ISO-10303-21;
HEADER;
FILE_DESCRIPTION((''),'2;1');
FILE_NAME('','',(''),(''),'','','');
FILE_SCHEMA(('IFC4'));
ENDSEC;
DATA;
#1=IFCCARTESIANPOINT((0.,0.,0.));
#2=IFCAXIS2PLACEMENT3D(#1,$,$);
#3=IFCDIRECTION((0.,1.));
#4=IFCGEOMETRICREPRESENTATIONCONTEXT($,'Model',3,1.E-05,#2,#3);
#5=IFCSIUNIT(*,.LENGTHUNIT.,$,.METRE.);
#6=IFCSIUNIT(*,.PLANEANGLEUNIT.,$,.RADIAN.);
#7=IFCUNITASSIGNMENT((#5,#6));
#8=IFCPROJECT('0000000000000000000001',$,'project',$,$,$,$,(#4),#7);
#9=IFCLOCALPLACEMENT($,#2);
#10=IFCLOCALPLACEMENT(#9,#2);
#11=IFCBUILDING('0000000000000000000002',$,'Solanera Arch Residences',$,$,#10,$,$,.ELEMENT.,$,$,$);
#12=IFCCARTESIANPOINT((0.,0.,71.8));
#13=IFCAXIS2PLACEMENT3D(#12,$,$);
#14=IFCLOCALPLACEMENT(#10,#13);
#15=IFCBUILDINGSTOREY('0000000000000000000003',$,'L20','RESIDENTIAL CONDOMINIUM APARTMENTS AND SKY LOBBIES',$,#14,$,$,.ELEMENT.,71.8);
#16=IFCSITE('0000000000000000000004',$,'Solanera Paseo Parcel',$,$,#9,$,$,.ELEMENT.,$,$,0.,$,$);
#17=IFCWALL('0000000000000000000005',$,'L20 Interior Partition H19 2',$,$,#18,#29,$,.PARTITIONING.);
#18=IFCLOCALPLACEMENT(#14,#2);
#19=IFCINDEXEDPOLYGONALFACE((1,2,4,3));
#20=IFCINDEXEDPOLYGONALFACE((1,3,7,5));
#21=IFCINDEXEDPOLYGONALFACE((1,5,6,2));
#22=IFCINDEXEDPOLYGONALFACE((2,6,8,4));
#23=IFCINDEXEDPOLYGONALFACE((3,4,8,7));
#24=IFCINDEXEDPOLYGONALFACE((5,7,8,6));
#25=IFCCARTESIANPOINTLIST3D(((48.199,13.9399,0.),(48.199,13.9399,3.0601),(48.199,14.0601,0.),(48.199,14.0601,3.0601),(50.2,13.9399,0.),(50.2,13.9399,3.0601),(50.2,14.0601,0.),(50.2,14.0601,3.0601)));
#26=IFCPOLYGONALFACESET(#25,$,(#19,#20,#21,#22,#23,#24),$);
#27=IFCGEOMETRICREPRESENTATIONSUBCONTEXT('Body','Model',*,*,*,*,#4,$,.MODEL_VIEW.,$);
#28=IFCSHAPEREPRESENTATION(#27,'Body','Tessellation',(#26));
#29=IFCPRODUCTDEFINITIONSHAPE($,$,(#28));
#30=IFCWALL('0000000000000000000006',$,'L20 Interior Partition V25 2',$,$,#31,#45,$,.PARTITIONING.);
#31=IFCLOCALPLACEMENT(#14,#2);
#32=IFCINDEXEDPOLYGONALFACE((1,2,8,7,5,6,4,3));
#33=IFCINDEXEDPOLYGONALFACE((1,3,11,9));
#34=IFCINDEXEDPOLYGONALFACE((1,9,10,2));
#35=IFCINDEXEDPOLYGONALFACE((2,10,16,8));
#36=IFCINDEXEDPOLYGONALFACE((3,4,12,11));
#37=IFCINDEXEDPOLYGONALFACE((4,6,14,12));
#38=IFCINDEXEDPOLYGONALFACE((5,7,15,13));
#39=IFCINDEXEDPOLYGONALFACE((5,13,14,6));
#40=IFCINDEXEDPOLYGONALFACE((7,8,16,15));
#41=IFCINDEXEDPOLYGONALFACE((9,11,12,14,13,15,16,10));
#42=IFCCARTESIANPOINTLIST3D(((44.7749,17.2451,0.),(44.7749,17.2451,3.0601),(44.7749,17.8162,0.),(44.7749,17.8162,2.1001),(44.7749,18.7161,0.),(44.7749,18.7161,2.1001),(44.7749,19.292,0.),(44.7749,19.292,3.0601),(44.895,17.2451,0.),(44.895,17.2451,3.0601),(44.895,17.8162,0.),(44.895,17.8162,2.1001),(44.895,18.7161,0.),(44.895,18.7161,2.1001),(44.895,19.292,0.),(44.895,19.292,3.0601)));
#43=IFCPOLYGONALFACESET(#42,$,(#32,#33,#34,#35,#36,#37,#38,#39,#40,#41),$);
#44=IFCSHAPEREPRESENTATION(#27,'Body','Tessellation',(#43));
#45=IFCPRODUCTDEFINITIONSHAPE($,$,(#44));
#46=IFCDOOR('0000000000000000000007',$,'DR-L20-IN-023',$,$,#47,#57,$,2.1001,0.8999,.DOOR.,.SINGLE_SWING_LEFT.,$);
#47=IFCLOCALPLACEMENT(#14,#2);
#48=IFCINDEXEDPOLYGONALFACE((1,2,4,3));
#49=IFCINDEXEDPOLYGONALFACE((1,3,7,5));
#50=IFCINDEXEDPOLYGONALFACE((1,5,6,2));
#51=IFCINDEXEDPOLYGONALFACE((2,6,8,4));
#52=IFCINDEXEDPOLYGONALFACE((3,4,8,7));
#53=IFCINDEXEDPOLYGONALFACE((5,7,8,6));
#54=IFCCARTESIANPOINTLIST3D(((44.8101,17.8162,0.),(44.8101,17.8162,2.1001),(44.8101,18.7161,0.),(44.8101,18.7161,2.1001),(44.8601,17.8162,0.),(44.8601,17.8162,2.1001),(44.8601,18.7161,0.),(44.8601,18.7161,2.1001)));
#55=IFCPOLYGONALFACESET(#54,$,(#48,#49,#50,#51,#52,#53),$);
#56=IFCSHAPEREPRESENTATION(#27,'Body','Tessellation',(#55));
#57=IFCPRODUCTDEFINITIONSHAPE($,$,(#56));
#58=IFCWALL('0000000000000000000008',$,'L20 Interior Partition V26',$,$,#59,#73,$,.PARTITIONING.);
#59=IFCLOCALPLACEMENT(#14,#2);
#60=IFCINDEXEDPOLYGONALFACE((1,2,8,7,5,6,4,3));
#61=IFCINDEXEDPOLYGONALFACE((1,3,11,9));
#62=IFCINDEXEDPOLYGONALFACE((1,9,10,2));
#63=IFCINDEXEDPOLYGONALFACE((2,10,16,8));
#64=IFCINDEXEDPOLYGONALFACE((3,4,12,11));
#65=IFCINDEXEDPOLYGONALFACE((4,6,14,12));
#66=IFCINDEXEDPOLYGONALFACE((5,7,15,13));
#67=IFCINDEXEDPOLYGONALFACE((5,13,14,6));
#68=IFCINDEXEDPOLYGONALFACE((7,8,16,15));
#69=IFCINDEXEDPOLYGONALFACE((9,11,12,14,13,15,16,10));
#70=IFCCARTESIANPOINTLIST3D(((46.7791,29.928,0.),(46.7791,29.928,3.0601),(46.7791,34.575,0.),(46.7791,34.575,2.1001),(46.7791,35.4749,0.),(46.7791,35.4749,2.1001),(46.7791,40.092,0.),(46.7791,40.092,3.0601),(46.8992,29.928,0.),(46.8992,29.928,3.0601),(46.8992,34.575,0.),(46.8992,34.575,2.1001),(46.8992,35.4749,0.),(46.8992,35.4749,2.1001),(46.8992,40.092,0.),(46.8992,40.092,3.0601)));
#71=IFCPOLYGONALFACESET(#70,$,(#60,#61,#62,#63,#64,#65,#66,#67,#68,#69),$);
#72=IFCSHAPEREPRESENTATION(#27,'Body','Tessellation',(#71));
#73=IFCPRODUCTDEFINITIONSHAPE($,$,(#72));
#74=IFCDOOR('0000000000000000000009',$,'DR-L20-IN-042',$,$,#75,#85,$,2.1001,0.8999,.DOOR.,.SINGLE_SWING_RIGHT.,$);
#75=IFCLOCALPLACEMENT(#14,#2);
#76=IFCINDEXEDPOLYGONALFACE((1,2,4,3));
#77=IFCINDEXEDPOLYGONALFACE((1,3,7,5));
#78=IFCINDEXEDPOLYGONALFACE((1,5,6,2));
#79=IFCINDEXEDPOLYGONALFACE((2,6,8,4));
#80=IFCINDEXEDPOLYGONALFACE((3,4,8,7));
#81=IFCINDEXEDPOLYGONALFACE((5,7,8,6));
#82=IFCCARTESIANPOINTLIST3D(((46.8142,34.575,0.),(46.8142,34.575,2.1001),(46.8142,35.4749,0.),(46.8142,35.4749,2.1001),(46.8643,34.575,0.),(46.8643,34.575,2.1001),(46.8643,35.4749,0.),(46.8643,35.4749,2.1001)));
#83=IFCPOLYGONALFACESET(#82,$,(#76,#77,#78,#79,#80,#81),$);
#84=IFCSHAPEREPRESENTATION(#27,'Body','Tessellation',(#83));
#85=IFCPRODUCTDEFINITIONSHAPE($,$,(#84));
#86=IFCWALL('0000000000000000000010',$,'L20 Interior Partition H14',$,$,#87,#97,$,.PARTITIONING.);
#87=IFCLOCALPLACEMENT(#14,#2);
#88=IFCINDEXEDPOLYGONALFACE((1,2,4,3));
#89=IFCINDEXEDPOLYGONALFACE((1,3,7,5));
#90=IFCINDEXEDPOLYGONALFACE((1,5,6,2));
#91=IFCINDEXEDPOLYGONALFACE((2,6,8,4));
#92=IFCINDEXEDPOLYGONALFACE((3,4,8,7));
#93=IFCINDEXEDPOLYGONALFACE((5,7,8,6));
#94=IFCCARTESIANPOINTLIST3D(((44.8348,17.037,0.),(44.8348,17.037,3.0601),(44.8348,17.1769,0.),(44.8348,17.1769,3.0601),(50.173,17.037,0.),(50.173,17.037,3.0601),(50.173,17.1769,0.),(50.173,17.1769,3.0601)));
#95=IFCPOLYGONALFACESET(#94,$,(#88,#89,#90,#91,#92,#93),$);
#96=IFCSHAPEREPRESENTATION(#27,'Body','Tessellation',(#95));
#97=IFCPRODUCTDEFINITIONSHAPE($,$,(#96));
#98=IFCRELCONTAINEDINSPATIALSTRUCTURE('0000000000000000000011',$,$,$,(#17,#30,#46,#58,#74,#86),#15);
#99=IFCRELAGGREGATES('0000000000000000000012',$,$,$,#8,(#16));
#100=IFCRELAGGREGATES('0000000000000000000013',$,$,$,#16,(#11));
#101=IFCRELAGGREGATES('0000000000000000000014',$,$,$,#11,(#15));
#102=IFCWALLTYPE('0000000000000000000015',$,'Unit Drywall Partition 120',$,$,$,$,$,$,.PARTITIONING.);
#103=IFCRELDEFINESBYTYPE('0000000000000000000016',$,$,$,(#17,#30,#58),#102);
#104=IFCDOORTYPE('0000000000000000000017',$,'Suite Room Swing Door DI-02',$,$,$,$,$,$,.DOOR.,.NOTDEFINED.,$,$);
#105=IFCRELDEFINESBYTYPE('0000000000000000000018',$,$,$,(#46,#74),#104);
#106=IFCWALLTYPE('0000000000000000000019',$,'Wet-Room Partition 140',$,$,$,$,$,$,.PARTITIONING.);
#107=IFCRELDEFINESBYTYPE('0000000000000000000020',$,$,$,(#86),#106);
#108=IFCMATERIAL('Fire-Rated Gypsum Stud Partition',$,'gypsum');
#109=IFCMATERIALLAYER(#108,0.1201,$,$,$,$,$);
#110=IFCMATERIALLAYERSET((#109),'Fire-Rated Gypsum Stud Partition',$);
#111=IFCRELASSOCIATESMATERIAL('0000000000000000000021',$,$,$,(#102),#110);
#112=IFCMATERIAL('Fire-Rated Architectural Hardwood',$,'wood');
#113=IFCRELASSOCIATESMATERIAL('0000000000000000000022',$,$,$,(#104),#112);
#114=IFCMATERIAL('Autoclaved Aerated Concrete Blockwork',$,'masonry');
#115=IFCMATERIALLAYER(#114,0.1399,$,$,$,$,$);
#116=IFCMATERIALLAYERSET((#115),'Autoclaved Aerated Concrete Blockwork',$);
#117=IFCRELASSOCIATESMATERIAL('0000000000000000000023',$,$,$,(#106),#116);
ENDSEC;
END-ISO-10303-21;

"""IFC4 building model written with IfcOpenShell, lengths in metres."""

from ifc_helpers import new_model, si_unit, direction, frame, frame_2d, origin, place, context, subcontext, project, spatial, rectangle, extrude, material, layer, layer_set, type_object, element, fill, save


model = new_model("IFC4")

# Units and contexts
model_context = context("Model", 3, precision=1e-05, world=origin(), true_north=direction((0.0, 1.0)))
body_context = subcontext(model_context, "Body", "Model", "MODEL_VIEW")
ifc_project = project(units=[si_unit("LENGTHUNIT", "METRE"), si_unit("PLANEANGLEUNIT", "RADIAN")], contexts=[model_context])

# Site, building, storey
site_placement = place(None, origin())
site = spatial("IfcSite", under=ifc_project, at=site_placement, Name="Solanera Paseo Parcel", CompositionType="ELEMENT", RefElevation=0.0)
building_placement = place(site_placement, origin())
building = spatial("IfcBuilding", under=site, at=building_placement, Name="Solanera Arch Residences", CompositionType="ELEMENT")
storey_placement = place(building_placement, frame((0.0, 0.0, 71.8)))
storey = spatial("IfcBuildingStorey", under=building, at=storey_placement, Name="L20", Description="RESIDENTIAL CONDOMINIUM APARTMENTS AND SKY LOBBIES", CompositionType="ELEMENT", Elevation=71.8)

# Wall
ifc_material_1 = material(Name="Fire-Rated Gypsum Stud Partition", Category="gypsum")
ifc_layer_1 = layer(ifc_material_1, 0.1201)
ifc_layer_set_1 = layer_set([ifc_layer_1], Name="Fire-Rated Gypsum Stud Partition")
wall_type_1 = type_object("IfcWallType", Name="Unit Drywall Partition 120", PredefinedType="PARTITIONING", material=ifc_layer_set_1)
wall_1_placement = place(storey_placement, frame((48.199, 14.0, 0.0), z_axis=(0.0, 0.0, 1.0), x_axis=(1.0, 0.0, 0.0)))
element("IfcWall", 1, at=wall_1_placement, inside=storey, type_object=wall_type_1, Name="L20 Interior Partition H19 2", PredefinedType="PARTITIONING", context=body_context, shape_type="SweptSolid", body=[
    extrude(rectangle(XDim=2.001, YDim=0.1201, at=frame_2d((1.0005, 0.0))), origin(), (0.0, 0.0, 1.0), 3.0601),
])

# Walls, openings, doors
wall_2_placement = place(storey_placement, frame((44.835, 17.2451, 0.0), z_axis=(0.0, 0.0, 1.0), x_axis=(0.0, 1.0, 0.0)))
wall_2 = element("IfcWall", 2, at=wall_2_placement, inside=storey, type_object=wall_type_1, Name="L20 Interior Partition V25 2", PredefinedType="PARTITIONING", context=body_context, shape_type="SweptSolid", body=[
    extrude(rectangle(XDim=2.0469, YDim=0.1201, at=frame_2d((1.0234, 0.0))), origin(), (0.0, 0.0, 1.0), 3.0601),
])
opening_1_placement = place(wall_2_placement, frame((0.571, 0.0, 0.0)))
opening_1 = element("IfcOpeningElement", 3, at=opening_1_placement, cuts=wall_2, PredefinedType="OPENING", context=body_context, shape_type="SweptSolid", body=[
    extrude(rectangle(XDim=0.8999, YDim=2.1001, at=frame_2d((0.45, 1.05))), frame((0.0, 0.0701, 0.0), z_axis=(0.0, -1.0, 0.0), x_axis=(1.0, 0.0, 0.0)), (0.0, 0.0, 1.0), 0.1401),
])
ifc_material_2 = material(Name="Fire-Rated Architectural Hardwood", Category="wood")
door_type_1 = type_object("IfcDoorType", Name="Suite Room Swing Door DI-02", OperationType="NOTDEFINED", PredefinedType="DOOR", material=ifc_material_2)
door_1_placement = place(opening_1_placement, origin())
door_1 = element("IfcDoor", 4, at=door_1_placement, inside=storey, type_object=door_type_1, Name="DR-L20-IN-023", OperationType="SINGLE_SWING_LEFT", OverallHeight=2.1001, OverallWidth=0.8999, PredefinedType="DOOR", context=body_context, shape_type="SweptSolid", body=[
    extrude(rectangle(XDim=0.8999, YDim=2.1001, at=frame_2d((0.45, 1.05))), frame((0.0, 0.0249, 0.0), z_axis=(0.0, -1.0, 0.0), x_axis=(1.0, 0.0, 0.0)), (0.0, 0.0, 1.0), 0.05),
])
fill(opening_1, door_1)
wall_3_placement = place(storey_placement, frame((46.8391, 29.928, 0.0), z_axis=(0.0, 0.0, 1.0), x_axis=(0.0, 1.0, 0.0)))
wall_3 = element("IfcWall", 5, at=wall_3_placement, inside=storey, type_object=wall_type_1, Name="L20 Interior Partition V26", PredefinedType="PARTITIONING", context=body_context, shape_type="SweptSolid", body=[
    extrude(rectangle(XDim=10.1641, YDim=0.1201, at=frame_2d((5.082, 0.0))), origin(), (0.0, 0.0, 1.0), 3.0601),
])
opening_2_placement = place(wall_3_placement, frame((4.647, 0.0, 0.0)))
opening_2 = element("IfcOpeningElement", 6, at=opening_2_placement, cuts=wall_3, PredefinedType="OPENING", context=body_context, shape_type="SweptSolid", body=[
    extrude(rectangle(XDim=0.8999, YDim=2.1001, at=frame_2d((0.45, 1.05))), frame((0.0, 0.0701, 0.0), z_axis=(0.0, -1.0, 0.0), x_axis=(1.0, 0.0, 0.0)), (0.0, 0.0, 1.0), 0.1401),
])
door_2_placement = place(opening_2_placement, origin())
door_2 = element("IfcDoor", 7, at=door_2_placement, inside=storey, type_object=door_type_1, Name="DR-L20-IN-042", OperationType="SINGLE_SWING_RIGHT", OverallHeight=2.1001, OverallWidth=0.8999, PredefinedType="DOOR", context=body_context, shape_type="SweptSolid", body=[
    extrude(rectangle(XDim=0.8999, YDim=2.1001, at=frame_2d((0.45, 1.05))), frame((0.0, 0.0249, 0.0), z_axis=(0.0, -1.0, 0.0), x_axis=(1.0, 0.0, 0.0)), (0.0, 0.0, 1.0), 0.05),
])
fill(opening_2, door_2)

# Wall
ifc_material_3 = material(Name="Autoclaved Aerated Concrete Blockwork", Category="masonry")
ifc_layer_2 = layer(ifc_material_3, 0.1399)
ifc_layer_set_2 = layer_set([ifc_layer_2], Name="Autoclaved Aerated Concrete Blockwork")
wall_type_2 = type_object("IfcWallType", Name="Wet-Room Partition 140", PredefinedType="PARTITIONING", material=ifc_layer_set_2)
wall_4_placement = place(storey_placement, frame((44.835, 17.1069, 0.0), z_axis=(0.0, 0.0, 1.0), x_axis=(1.0, 0.0, 0.0)))
element("IfcWall", 8, at=wall_4_placement, inside=storey, type_object=wall_type_2, Name="L20 Interior Partition H14", PredefinedType="PARTITIONING", context=body_context, shape_type="SweptSolid", body=[
    extrude(rectangle(XDim=5.3381, YDim=0.1399, at=frame_2d((2.6689, 0.0))), origin(), (0.0, 0.0, 1.0), 3.0601),
])

save(model, "model.ifc")
